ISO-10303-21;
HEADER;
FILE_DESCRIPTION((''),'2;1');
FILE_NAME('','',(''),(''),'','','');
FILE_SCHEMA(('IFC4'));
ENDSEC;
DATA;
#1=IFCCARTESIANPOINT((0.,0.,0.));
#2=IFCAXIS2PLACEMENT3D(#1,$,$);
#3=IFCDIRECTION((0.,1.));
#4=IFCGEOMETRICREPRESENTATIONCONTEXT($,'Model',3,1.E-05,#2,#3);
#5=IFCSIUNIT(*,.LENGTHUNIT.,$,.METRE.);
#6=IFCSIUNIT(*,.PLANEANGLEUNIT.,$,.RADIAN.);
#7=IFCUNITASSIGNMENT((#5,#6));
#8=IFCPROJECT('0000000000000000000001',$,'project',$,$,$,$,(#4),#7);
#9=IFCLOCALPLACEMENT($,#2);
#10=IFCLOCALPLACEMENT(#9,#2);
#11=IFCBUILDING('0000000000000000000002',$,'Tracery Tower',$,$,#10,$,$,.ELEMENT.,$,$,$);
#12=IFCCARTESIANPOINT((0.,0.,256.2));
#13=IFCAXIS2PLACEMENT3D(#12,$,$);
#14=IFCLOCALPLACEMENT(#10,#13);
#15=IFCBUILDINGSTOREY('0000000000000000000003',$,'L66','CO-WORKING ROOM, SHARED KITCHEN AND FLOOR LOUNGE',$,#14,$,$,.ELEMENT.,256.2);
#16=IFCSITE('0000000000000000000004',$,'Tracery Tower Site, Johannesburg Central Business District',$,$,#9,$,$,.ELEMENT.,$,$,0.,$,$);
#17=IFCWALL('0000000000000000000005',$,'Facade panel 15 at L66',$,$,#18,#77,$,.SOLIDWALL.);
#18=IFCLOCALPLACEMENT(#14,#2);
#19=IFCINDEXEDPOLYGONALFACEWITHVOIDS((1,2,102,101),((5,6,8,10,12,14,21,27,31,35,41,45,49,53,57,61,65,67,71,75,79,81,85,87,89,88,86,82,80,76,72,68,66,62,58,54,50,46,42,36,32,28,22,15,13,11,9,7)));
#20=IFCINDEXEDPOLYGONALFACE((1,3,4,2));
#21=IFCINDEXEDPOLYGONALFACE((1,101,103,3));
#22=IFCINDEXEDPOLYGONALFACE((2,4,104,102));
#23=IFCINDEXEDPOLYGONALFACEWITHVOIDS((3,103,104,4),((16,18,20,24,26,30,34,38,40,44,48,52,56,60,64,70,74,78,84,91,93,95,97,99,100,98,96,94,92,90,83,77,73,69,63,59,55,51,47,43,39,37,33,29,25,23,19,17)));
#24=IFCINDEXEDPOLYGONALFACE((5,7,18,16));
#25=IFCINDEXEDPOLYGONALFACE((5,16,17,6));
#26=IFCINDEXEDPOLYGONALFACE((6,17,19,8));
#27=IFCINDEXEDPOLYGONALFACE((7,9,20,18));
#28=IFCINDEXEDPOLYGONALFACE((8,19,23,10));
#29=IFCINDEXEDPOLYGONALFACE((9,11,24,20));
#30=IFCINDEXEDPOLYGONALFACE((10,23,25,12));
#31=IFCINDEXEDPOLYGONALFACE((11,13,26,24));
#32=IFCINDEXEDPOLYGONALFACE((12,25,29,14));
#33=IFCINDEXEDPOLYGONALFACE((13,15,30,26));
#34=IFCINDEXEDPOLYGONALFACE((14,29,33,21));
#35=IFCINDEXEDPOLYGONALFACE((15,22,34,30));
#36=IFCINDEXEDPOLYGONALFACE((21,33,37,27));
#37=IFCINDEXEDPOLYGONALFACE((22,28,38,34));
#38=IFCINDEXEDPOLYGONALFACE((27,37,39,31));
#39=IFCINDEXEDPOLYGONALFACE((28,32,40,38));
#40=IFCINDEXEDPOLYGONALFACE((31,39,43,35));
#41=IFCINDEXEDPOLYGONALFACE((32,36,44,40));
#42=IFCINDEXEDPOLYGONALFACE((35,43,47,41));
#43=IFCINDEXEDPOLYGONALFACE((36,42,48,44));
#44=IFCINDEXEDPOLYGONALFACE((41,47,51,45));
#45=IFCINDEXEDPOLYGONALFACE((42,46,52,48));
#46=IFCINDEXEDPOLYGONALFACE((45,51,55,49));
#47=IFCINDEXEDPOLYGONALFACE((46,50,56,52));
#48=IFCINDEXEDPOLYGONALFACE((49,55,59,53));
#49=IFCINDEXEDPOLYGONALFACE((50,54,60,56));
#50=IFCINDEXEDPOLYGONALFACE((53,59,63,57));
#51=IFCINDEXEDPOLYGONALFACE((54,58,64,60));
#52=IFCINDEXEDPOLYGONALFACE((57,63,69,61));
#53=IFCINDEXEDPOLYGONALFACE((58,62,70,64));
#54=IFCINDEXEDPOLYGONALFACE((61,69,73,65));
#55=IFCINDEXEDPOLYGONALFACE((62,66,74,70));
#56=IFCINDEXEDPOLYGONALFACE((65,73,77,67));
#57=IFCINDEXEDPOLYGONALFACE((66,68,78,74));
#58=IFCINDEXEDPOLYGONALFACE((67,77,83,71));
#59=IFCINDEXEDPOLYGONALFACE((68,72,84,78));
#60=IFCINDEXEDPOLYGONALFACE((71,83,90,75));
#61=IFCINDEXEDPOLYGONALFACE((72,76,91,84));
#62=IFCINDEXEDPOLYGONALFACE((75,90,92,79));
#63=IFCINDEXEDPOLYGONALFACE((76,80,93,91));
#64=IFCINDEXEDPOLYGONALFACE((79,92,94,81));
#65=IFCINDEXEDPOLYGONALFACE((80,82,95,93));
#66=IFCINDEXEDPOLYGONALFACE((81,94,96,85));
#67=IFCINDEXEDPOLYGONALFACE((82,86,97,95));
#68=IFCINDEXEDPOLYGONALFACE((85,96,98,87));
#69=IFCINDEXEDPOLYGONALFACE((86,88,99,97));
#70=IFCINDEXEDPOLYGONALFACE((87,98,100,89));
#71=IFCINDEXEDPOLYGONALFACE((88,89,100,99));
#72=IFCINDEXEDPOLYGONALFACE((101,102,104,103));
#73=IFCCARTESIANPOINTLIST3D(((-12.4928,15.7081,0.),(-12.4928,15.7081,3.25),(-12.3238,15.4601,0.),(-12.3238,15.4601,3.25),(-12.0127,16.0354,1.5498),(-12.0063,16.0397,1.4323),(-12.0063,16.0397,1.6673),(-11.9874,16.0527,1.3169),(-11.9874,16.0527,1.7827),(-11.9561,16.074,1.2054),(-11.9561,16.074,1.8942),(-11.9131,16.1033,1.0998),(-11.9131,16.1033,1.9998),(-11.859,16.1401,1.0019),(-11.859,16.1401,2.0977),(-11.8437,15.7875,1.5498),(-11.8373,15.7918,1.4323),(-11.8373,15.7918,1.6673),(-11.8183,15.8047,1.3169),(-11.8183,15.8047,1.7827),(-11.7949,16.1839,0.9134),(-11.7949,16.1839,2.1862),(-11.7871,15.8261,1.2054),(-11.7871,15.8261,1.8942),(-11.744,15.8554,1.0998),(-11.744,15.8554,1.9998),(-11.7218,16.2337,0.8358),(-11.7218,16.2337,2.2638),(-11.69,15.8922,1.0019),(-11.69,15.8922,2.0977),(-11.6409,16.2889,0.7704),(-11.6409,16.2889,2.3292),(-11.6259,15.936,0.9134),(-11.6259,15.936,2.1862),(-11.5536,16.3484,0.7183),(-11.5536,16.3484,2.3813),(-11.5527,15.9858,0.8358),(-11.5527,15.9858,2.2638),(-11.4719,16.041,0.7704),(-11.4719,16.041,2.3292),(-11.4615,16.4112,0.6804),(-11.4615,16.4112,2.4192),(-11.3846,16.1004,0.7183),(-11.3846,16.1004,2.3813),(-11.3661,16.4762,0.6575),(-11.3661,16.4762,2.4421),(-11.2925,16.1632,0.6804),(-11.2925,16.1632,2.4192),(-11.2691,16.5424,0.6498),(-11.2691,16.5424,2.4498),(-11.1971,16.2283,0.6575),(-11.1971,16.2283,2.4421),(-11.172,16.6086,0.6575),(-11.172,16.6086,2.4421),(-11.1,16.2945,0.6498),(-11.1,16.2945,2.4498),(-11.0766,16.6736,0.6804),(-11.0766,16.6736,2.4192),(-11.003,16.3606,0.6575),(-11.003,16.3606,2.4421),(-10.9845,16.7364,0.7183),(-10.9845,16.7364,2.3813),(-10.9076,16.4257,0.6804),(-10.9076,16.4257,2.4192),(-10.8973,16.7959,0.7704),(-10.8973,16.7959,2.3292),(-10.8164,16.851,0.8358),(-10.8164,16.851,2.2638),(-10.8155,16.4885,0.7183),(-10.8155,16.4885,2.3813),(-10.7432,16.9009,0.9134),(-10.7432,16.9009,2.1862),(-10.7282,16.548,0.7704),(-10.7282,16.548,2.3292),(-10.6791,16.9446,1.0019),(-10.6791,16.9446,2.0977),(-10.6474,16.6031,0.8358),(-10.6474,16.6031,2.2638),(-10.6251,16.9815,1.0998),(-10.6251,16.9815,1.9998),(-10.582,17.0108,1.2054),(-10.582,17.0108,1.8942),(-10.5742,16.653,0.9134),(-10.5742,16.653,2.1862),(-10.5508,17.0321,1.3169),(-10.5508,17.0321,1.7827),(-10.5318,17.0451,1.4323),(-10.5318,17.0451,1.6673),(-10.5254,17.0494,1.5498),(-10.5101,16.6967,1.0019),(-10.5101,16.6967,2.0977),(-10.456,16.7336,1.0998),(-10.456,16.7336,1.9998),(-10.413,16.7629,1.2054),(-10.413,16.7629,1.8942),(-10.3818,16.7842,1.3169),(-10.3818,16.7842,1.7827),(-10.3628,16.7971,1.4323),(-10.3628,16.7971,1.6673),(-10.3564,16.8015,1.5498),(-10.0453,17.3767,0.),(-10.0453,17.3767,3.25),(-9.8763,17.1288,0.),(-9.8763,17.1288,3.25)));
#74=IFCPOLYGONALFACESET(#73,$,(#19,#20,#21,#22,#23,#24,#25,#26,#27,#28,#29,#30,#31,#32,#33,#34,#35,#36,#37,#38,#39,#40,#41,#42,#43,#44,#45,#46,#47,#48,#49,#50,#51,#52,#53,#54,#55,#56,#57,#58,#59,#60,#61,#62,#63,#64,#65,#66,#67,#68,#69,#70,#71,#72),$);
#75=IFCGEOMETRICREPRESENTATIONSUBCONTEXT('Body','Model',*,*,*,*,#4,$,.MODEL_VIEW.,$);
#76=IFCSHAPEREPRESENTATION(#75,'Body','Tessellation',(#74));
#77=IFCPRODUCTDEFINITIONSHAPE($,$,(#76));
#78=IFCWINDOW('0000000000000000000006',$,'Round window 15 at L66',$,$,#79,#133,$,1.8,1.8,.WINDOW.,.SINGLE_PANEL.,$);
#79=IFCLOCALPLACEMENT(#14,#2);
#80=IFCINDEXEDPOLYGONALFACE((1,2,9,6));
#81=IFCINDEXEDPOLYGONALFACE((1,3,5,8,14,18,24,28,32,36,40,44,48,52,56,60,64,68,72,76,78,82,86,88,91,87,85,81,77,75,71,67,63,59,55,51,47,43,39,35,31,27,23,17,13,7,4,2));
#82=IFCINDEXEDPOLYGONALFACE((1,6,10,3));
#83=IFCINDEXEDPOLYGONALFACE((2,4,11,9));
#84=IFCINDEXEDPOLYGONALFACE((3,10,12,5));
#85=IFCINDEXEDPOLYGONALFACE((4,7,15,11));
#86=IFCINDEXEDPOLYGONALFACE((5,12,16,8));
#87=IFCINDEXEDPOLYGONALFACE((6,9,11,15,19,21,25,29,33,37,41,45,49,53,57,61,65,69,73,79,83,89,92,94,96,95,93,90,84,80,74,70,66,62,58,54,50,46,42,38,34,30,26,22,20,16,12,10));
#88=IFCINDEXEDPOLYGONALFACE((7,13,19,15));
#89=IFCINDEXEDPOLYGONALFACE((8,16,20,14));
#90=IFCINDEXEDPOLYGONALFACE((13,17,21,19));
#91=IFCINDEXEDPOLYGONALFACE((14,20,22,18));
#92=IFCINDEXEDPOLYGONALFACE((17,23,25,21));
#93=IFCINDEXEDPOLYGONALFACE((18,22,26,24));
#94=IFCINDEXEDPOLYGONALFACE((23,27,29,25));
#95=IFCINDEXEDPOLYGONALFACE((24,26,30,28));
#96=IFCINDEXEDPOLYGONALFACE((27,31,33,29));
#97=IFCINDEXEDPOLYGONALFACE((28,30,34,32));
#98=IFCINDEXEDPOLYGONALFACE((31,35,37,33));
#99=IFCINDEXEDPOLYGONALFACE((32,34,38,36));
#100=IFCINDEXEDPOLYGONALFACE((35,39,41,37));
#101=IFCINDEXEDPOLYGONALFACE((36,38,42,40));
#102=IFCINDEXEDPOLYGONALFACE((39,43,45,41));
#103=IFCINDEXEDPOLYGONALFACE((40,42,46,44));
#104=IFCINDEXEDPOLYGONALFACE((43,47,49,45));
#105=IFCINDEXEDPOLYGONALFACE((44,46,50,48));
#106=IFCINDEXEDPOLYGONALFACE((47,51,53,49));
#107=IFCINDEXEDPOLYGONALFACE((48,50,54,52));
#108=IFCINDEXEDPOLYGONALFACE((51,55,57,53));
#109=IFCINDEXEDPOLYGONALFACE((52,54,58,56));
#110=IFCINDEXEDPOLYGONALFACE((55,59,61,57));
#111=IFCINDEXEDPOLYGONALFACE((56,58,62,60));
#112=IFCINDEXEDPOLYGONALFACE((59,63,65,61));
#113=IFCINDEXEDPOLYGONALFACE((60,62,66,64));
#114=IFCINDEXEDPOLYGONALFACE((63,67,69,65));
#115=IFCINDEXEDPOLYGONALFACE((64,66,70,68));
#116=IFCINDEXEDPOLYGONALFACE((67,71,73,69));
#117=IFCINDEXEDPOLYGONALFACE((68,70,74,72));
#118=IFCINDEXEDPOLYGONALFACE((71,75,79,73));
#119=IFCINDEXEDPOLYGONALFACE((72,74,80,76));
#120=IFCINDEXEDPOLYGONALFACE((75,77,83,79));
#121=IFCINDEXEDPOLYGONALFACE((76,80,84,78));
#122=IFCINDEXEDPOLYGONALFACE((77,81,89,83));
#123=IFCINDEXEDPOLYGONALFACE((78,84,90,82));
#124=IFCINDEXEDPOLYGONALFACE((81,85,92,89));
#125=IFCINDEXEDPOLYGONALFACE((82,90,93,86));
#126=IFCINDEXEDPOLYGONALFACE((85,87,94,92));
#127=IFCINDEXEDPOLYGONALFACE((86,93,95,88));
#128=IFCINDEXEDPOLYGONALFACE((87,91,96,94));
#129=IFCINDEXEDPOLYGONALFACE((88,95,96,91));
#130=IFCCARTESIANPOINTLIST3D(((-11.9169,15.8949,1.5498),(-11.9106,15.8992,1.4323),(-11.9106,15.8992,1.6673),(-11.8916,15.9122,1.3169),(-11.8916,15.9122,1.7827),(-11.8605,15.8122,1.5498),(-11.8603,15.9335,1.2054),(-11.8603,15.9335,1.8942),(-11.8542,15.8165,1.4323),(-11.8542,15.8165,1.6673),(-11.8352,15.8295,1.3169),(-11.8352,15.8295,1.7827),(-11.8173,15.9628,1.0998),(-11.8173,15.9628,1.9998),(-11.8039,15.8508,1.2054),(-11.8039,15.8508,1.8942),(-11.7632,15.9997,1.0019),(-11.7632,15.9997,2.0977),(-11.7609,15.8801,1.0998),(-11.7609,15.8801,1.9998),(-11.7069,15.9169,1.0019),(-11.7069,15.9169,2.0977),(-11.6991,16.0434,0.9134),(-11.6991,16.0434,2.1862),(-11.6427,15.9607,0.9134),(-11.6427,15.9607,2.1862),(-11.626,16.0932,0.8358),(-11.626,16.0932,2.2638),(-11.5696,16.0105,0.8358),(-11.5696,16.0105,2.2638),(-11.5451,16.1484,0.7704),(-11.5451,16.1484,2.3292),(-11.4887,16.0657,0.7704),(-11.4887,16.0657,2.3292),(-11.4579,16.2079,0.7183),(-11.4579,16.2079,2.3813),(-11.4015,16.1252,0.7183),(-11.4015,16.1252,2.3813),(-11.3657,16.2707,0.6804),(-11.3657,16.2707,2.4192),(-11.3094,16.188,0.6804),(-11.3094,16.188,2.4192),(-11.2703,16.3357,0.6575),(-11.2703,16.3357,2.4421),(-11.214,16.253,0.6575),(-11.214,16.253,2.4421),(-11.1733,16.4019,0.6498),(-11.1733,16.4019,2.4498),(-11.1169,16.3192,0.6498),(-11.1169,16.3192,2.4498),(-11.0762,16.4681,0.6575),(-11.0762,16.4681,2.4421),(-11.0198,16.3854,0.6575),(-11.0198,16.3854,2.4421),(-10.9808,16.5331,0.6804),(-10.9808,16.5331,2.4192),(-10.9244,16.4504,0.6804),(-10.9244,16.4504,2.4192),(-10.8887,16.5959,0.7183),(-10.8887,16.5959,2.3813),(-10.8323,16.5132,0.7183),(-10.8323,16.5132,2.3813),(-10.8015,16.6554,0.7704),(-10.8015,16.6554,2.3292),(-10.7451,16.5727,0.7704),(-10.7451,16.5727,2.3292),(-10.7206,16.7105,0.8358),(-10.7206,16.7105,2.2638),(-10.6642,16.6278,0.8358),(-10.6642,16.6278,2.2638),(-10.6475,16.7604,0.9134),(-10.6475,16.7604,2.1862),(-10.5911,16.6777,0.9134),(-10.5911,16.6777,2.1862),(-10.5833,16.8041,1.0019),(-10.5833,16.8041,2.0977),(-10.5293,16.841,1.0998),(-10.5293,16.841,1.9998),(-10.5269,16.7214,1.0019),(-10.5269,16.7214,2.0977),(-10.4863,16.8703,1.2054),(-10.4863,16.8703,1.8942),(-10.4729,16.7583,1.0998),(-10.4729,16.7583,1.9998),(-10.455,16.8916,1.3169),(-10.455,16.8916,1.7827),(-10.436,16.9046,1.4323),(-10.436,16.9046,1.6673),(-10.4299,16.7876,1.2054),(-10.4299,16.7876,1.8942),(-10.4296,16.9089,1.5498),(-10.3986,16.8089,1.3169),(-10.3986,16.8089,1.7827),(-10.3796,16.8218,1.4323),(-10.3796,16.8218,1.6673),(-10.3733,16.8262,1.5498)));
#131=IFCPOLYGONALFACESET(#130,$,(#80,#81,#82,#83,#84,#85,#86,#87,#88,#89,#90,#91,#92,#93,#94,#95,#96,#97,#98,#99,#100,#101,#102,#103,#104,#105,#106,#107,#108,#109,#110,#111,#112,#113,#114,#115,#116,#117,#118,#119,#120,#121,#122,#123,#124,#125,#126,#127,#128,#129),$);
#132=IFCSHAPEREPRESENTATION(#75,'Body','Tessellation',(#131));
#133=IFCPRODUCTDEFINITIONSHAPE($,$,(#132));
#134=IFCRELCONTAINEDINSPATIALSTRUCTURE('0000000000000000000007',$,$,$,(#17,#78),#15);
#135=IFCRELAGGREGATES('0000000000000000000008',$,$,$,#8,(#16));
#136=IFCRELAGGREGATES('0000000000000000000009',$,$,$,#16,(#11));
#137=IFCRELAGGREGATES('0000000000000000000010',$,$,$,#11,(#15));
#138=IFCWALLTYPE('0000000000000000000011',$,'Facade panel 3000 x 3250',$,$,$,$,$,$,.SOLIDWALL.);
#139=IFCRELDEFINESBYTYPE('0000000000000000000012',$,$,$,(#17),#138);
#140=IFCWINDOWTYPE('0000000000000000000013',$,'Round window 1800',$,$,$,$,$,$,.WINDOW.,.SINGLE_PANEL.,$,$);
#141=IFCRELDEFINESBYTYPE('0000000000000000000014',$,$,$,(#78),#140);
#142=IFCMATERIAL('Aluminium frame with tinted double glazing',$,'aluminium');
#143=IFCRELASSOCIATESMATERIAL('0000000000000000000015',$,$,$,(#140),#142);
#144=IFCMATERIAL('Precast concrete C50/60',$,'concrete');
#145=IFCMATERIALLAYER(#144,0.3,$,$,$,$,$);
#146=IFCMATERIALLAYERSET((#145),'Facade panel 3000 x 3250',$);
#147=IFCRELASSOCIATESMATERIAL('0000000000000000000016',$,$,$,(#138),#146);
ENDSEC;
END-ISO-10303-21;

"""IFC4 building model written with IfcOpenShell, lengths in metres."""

from ifc_helpers import new_model, si_unit, direction, frame, frame_2d, origin, origin_2d, place, context, subcontext, project, spatial, rectangle, circle, extrude, material, layer, layer_set, type_object, element, fill, save


model = new_model("IFC4")

# Units and contexts
model_context = context("Model", 3, precision=1e-05, world=origin(), true_north=direction((0.0, 1.0)))
body_context = subcontext(model_context, "Body", "Model", "MODEL_VIEW")
ifc_project = project(units=[si_unit("LENGTHUNIT", "METRE"), si_unit("PLANEANGLEUNIT", "RADIAN")], contexts=[model_context])

# Site, building, storey
site_placement = place(None, origin())
site = spatial("IfcSite", under=ifc_project, at=site_placement, Name="Tracery Tower Site, Johannesburg Central Business District", CompositionType="ELEMENT", RefElevation=0.0)
building_placement = place(site_placement, origin())
building = spatial("IfcBuilding", under=site, at=building_placement, Name="Tracery Tower", CompositionType="ELEMENT")
storey_placement = place(building_placement, frame((0.0, 0.0, 256.2)))
storey = spatial("IfcBuildingStorey", under=building, at=storey_placement, Name="L66", Description="CO-WORKING ROOM, SHARED KITCHEN AND FLOOR LOUNGE", CompositionType="ELEMENT", Elevation=256.2)

# Wall, opening, window
ifc_material_1 = material(Name="Aluminium frame with tinted double glazing", Category="aluminium")
window_type = type_object("IfcWindowType", Name="Round window 1800", PartitioningType="SINGLE_PANEL", PredefinedType="WINDOW", material=ifc_material_1)
ifc_material_2 = material(Name="Precast concrete C50/60", Category="concrete")
ifc_layer_1 = layer(ifc_material_2, 0.3)
ifc_layer_set_1 = layer_set([ifc_layer_1], Name="Facade panel 3000 x 3250")
wall_type_1 = type_object("IfcWallType", Name="Facade panel 3000 x 3250", PredefinedType="SOLIDWALL", material=ifc_layer_set_1)
wall_1_placement = place(storey_placement, frame((-9.9609, 17.2527, 0.0), z_axis=(0.0, 0.0, 1.0), x_axis=(-0.826236, -0.563324, 0.0)))
wall_1 = element("IfcWall", 1, at=wall_1_placement, inside=storey, type_object=wall_type_1, Name="Facade panel 15 at L66", PredefinedType="SOLIDWALL", context=body_context, shape_type="SweptSolid", body=[
    extrude(rectangle(XDim=2.9622, YDim=0.3, at=frame_2d((1.481, 0.0))), origin(), (0.0, 0.0, 1.0), 3.25),
])
opening_1_placement = place(wall_1_placement, frame((1.481, 0.0, 1.5498)))
opening_1 = element("IfcOpeningElement", 2, at=opening_1_placement, cuts=wall_1, PredefinedType="OPENING", context=body_context, shape_type="SweptSolid", body=[
    extrude(circle(Radius=0.9, at=origin_2d()), frame((0.0, 0.1599, 0.0), z_axis=(0.0, -1.0, 0.0), x_axis=(1.0, 0.0, 0.0)), (0.0, 0.0, 1.0), 0.3201),
])
window_1_placement = place(opening_1_placement, origin())
window_1 = element("IfcWindow", 3, at=window_1_placement, inside=storey, type_object=window_type, Name="Round window 15 at L66", OverallHeight=1.8, OverallWidth=1.8, PartitioningType="SINGLE_PANEL", PredefinedType="WINDOW", context=body_context, shape_type="SweptSolid", body=[
    extrude(circle(Radius=0.9, at=origin_2d()), frame((0.0, 0.1201, 0.0), z_axis=(0.0, -1.0, 0.0), x_axis=(1.0, 0.0, 0.0)), (0.0, 0.0, 1.0), 0.1001),
])
fill(opening_1, window_1)

save(model, "model.ifc")
